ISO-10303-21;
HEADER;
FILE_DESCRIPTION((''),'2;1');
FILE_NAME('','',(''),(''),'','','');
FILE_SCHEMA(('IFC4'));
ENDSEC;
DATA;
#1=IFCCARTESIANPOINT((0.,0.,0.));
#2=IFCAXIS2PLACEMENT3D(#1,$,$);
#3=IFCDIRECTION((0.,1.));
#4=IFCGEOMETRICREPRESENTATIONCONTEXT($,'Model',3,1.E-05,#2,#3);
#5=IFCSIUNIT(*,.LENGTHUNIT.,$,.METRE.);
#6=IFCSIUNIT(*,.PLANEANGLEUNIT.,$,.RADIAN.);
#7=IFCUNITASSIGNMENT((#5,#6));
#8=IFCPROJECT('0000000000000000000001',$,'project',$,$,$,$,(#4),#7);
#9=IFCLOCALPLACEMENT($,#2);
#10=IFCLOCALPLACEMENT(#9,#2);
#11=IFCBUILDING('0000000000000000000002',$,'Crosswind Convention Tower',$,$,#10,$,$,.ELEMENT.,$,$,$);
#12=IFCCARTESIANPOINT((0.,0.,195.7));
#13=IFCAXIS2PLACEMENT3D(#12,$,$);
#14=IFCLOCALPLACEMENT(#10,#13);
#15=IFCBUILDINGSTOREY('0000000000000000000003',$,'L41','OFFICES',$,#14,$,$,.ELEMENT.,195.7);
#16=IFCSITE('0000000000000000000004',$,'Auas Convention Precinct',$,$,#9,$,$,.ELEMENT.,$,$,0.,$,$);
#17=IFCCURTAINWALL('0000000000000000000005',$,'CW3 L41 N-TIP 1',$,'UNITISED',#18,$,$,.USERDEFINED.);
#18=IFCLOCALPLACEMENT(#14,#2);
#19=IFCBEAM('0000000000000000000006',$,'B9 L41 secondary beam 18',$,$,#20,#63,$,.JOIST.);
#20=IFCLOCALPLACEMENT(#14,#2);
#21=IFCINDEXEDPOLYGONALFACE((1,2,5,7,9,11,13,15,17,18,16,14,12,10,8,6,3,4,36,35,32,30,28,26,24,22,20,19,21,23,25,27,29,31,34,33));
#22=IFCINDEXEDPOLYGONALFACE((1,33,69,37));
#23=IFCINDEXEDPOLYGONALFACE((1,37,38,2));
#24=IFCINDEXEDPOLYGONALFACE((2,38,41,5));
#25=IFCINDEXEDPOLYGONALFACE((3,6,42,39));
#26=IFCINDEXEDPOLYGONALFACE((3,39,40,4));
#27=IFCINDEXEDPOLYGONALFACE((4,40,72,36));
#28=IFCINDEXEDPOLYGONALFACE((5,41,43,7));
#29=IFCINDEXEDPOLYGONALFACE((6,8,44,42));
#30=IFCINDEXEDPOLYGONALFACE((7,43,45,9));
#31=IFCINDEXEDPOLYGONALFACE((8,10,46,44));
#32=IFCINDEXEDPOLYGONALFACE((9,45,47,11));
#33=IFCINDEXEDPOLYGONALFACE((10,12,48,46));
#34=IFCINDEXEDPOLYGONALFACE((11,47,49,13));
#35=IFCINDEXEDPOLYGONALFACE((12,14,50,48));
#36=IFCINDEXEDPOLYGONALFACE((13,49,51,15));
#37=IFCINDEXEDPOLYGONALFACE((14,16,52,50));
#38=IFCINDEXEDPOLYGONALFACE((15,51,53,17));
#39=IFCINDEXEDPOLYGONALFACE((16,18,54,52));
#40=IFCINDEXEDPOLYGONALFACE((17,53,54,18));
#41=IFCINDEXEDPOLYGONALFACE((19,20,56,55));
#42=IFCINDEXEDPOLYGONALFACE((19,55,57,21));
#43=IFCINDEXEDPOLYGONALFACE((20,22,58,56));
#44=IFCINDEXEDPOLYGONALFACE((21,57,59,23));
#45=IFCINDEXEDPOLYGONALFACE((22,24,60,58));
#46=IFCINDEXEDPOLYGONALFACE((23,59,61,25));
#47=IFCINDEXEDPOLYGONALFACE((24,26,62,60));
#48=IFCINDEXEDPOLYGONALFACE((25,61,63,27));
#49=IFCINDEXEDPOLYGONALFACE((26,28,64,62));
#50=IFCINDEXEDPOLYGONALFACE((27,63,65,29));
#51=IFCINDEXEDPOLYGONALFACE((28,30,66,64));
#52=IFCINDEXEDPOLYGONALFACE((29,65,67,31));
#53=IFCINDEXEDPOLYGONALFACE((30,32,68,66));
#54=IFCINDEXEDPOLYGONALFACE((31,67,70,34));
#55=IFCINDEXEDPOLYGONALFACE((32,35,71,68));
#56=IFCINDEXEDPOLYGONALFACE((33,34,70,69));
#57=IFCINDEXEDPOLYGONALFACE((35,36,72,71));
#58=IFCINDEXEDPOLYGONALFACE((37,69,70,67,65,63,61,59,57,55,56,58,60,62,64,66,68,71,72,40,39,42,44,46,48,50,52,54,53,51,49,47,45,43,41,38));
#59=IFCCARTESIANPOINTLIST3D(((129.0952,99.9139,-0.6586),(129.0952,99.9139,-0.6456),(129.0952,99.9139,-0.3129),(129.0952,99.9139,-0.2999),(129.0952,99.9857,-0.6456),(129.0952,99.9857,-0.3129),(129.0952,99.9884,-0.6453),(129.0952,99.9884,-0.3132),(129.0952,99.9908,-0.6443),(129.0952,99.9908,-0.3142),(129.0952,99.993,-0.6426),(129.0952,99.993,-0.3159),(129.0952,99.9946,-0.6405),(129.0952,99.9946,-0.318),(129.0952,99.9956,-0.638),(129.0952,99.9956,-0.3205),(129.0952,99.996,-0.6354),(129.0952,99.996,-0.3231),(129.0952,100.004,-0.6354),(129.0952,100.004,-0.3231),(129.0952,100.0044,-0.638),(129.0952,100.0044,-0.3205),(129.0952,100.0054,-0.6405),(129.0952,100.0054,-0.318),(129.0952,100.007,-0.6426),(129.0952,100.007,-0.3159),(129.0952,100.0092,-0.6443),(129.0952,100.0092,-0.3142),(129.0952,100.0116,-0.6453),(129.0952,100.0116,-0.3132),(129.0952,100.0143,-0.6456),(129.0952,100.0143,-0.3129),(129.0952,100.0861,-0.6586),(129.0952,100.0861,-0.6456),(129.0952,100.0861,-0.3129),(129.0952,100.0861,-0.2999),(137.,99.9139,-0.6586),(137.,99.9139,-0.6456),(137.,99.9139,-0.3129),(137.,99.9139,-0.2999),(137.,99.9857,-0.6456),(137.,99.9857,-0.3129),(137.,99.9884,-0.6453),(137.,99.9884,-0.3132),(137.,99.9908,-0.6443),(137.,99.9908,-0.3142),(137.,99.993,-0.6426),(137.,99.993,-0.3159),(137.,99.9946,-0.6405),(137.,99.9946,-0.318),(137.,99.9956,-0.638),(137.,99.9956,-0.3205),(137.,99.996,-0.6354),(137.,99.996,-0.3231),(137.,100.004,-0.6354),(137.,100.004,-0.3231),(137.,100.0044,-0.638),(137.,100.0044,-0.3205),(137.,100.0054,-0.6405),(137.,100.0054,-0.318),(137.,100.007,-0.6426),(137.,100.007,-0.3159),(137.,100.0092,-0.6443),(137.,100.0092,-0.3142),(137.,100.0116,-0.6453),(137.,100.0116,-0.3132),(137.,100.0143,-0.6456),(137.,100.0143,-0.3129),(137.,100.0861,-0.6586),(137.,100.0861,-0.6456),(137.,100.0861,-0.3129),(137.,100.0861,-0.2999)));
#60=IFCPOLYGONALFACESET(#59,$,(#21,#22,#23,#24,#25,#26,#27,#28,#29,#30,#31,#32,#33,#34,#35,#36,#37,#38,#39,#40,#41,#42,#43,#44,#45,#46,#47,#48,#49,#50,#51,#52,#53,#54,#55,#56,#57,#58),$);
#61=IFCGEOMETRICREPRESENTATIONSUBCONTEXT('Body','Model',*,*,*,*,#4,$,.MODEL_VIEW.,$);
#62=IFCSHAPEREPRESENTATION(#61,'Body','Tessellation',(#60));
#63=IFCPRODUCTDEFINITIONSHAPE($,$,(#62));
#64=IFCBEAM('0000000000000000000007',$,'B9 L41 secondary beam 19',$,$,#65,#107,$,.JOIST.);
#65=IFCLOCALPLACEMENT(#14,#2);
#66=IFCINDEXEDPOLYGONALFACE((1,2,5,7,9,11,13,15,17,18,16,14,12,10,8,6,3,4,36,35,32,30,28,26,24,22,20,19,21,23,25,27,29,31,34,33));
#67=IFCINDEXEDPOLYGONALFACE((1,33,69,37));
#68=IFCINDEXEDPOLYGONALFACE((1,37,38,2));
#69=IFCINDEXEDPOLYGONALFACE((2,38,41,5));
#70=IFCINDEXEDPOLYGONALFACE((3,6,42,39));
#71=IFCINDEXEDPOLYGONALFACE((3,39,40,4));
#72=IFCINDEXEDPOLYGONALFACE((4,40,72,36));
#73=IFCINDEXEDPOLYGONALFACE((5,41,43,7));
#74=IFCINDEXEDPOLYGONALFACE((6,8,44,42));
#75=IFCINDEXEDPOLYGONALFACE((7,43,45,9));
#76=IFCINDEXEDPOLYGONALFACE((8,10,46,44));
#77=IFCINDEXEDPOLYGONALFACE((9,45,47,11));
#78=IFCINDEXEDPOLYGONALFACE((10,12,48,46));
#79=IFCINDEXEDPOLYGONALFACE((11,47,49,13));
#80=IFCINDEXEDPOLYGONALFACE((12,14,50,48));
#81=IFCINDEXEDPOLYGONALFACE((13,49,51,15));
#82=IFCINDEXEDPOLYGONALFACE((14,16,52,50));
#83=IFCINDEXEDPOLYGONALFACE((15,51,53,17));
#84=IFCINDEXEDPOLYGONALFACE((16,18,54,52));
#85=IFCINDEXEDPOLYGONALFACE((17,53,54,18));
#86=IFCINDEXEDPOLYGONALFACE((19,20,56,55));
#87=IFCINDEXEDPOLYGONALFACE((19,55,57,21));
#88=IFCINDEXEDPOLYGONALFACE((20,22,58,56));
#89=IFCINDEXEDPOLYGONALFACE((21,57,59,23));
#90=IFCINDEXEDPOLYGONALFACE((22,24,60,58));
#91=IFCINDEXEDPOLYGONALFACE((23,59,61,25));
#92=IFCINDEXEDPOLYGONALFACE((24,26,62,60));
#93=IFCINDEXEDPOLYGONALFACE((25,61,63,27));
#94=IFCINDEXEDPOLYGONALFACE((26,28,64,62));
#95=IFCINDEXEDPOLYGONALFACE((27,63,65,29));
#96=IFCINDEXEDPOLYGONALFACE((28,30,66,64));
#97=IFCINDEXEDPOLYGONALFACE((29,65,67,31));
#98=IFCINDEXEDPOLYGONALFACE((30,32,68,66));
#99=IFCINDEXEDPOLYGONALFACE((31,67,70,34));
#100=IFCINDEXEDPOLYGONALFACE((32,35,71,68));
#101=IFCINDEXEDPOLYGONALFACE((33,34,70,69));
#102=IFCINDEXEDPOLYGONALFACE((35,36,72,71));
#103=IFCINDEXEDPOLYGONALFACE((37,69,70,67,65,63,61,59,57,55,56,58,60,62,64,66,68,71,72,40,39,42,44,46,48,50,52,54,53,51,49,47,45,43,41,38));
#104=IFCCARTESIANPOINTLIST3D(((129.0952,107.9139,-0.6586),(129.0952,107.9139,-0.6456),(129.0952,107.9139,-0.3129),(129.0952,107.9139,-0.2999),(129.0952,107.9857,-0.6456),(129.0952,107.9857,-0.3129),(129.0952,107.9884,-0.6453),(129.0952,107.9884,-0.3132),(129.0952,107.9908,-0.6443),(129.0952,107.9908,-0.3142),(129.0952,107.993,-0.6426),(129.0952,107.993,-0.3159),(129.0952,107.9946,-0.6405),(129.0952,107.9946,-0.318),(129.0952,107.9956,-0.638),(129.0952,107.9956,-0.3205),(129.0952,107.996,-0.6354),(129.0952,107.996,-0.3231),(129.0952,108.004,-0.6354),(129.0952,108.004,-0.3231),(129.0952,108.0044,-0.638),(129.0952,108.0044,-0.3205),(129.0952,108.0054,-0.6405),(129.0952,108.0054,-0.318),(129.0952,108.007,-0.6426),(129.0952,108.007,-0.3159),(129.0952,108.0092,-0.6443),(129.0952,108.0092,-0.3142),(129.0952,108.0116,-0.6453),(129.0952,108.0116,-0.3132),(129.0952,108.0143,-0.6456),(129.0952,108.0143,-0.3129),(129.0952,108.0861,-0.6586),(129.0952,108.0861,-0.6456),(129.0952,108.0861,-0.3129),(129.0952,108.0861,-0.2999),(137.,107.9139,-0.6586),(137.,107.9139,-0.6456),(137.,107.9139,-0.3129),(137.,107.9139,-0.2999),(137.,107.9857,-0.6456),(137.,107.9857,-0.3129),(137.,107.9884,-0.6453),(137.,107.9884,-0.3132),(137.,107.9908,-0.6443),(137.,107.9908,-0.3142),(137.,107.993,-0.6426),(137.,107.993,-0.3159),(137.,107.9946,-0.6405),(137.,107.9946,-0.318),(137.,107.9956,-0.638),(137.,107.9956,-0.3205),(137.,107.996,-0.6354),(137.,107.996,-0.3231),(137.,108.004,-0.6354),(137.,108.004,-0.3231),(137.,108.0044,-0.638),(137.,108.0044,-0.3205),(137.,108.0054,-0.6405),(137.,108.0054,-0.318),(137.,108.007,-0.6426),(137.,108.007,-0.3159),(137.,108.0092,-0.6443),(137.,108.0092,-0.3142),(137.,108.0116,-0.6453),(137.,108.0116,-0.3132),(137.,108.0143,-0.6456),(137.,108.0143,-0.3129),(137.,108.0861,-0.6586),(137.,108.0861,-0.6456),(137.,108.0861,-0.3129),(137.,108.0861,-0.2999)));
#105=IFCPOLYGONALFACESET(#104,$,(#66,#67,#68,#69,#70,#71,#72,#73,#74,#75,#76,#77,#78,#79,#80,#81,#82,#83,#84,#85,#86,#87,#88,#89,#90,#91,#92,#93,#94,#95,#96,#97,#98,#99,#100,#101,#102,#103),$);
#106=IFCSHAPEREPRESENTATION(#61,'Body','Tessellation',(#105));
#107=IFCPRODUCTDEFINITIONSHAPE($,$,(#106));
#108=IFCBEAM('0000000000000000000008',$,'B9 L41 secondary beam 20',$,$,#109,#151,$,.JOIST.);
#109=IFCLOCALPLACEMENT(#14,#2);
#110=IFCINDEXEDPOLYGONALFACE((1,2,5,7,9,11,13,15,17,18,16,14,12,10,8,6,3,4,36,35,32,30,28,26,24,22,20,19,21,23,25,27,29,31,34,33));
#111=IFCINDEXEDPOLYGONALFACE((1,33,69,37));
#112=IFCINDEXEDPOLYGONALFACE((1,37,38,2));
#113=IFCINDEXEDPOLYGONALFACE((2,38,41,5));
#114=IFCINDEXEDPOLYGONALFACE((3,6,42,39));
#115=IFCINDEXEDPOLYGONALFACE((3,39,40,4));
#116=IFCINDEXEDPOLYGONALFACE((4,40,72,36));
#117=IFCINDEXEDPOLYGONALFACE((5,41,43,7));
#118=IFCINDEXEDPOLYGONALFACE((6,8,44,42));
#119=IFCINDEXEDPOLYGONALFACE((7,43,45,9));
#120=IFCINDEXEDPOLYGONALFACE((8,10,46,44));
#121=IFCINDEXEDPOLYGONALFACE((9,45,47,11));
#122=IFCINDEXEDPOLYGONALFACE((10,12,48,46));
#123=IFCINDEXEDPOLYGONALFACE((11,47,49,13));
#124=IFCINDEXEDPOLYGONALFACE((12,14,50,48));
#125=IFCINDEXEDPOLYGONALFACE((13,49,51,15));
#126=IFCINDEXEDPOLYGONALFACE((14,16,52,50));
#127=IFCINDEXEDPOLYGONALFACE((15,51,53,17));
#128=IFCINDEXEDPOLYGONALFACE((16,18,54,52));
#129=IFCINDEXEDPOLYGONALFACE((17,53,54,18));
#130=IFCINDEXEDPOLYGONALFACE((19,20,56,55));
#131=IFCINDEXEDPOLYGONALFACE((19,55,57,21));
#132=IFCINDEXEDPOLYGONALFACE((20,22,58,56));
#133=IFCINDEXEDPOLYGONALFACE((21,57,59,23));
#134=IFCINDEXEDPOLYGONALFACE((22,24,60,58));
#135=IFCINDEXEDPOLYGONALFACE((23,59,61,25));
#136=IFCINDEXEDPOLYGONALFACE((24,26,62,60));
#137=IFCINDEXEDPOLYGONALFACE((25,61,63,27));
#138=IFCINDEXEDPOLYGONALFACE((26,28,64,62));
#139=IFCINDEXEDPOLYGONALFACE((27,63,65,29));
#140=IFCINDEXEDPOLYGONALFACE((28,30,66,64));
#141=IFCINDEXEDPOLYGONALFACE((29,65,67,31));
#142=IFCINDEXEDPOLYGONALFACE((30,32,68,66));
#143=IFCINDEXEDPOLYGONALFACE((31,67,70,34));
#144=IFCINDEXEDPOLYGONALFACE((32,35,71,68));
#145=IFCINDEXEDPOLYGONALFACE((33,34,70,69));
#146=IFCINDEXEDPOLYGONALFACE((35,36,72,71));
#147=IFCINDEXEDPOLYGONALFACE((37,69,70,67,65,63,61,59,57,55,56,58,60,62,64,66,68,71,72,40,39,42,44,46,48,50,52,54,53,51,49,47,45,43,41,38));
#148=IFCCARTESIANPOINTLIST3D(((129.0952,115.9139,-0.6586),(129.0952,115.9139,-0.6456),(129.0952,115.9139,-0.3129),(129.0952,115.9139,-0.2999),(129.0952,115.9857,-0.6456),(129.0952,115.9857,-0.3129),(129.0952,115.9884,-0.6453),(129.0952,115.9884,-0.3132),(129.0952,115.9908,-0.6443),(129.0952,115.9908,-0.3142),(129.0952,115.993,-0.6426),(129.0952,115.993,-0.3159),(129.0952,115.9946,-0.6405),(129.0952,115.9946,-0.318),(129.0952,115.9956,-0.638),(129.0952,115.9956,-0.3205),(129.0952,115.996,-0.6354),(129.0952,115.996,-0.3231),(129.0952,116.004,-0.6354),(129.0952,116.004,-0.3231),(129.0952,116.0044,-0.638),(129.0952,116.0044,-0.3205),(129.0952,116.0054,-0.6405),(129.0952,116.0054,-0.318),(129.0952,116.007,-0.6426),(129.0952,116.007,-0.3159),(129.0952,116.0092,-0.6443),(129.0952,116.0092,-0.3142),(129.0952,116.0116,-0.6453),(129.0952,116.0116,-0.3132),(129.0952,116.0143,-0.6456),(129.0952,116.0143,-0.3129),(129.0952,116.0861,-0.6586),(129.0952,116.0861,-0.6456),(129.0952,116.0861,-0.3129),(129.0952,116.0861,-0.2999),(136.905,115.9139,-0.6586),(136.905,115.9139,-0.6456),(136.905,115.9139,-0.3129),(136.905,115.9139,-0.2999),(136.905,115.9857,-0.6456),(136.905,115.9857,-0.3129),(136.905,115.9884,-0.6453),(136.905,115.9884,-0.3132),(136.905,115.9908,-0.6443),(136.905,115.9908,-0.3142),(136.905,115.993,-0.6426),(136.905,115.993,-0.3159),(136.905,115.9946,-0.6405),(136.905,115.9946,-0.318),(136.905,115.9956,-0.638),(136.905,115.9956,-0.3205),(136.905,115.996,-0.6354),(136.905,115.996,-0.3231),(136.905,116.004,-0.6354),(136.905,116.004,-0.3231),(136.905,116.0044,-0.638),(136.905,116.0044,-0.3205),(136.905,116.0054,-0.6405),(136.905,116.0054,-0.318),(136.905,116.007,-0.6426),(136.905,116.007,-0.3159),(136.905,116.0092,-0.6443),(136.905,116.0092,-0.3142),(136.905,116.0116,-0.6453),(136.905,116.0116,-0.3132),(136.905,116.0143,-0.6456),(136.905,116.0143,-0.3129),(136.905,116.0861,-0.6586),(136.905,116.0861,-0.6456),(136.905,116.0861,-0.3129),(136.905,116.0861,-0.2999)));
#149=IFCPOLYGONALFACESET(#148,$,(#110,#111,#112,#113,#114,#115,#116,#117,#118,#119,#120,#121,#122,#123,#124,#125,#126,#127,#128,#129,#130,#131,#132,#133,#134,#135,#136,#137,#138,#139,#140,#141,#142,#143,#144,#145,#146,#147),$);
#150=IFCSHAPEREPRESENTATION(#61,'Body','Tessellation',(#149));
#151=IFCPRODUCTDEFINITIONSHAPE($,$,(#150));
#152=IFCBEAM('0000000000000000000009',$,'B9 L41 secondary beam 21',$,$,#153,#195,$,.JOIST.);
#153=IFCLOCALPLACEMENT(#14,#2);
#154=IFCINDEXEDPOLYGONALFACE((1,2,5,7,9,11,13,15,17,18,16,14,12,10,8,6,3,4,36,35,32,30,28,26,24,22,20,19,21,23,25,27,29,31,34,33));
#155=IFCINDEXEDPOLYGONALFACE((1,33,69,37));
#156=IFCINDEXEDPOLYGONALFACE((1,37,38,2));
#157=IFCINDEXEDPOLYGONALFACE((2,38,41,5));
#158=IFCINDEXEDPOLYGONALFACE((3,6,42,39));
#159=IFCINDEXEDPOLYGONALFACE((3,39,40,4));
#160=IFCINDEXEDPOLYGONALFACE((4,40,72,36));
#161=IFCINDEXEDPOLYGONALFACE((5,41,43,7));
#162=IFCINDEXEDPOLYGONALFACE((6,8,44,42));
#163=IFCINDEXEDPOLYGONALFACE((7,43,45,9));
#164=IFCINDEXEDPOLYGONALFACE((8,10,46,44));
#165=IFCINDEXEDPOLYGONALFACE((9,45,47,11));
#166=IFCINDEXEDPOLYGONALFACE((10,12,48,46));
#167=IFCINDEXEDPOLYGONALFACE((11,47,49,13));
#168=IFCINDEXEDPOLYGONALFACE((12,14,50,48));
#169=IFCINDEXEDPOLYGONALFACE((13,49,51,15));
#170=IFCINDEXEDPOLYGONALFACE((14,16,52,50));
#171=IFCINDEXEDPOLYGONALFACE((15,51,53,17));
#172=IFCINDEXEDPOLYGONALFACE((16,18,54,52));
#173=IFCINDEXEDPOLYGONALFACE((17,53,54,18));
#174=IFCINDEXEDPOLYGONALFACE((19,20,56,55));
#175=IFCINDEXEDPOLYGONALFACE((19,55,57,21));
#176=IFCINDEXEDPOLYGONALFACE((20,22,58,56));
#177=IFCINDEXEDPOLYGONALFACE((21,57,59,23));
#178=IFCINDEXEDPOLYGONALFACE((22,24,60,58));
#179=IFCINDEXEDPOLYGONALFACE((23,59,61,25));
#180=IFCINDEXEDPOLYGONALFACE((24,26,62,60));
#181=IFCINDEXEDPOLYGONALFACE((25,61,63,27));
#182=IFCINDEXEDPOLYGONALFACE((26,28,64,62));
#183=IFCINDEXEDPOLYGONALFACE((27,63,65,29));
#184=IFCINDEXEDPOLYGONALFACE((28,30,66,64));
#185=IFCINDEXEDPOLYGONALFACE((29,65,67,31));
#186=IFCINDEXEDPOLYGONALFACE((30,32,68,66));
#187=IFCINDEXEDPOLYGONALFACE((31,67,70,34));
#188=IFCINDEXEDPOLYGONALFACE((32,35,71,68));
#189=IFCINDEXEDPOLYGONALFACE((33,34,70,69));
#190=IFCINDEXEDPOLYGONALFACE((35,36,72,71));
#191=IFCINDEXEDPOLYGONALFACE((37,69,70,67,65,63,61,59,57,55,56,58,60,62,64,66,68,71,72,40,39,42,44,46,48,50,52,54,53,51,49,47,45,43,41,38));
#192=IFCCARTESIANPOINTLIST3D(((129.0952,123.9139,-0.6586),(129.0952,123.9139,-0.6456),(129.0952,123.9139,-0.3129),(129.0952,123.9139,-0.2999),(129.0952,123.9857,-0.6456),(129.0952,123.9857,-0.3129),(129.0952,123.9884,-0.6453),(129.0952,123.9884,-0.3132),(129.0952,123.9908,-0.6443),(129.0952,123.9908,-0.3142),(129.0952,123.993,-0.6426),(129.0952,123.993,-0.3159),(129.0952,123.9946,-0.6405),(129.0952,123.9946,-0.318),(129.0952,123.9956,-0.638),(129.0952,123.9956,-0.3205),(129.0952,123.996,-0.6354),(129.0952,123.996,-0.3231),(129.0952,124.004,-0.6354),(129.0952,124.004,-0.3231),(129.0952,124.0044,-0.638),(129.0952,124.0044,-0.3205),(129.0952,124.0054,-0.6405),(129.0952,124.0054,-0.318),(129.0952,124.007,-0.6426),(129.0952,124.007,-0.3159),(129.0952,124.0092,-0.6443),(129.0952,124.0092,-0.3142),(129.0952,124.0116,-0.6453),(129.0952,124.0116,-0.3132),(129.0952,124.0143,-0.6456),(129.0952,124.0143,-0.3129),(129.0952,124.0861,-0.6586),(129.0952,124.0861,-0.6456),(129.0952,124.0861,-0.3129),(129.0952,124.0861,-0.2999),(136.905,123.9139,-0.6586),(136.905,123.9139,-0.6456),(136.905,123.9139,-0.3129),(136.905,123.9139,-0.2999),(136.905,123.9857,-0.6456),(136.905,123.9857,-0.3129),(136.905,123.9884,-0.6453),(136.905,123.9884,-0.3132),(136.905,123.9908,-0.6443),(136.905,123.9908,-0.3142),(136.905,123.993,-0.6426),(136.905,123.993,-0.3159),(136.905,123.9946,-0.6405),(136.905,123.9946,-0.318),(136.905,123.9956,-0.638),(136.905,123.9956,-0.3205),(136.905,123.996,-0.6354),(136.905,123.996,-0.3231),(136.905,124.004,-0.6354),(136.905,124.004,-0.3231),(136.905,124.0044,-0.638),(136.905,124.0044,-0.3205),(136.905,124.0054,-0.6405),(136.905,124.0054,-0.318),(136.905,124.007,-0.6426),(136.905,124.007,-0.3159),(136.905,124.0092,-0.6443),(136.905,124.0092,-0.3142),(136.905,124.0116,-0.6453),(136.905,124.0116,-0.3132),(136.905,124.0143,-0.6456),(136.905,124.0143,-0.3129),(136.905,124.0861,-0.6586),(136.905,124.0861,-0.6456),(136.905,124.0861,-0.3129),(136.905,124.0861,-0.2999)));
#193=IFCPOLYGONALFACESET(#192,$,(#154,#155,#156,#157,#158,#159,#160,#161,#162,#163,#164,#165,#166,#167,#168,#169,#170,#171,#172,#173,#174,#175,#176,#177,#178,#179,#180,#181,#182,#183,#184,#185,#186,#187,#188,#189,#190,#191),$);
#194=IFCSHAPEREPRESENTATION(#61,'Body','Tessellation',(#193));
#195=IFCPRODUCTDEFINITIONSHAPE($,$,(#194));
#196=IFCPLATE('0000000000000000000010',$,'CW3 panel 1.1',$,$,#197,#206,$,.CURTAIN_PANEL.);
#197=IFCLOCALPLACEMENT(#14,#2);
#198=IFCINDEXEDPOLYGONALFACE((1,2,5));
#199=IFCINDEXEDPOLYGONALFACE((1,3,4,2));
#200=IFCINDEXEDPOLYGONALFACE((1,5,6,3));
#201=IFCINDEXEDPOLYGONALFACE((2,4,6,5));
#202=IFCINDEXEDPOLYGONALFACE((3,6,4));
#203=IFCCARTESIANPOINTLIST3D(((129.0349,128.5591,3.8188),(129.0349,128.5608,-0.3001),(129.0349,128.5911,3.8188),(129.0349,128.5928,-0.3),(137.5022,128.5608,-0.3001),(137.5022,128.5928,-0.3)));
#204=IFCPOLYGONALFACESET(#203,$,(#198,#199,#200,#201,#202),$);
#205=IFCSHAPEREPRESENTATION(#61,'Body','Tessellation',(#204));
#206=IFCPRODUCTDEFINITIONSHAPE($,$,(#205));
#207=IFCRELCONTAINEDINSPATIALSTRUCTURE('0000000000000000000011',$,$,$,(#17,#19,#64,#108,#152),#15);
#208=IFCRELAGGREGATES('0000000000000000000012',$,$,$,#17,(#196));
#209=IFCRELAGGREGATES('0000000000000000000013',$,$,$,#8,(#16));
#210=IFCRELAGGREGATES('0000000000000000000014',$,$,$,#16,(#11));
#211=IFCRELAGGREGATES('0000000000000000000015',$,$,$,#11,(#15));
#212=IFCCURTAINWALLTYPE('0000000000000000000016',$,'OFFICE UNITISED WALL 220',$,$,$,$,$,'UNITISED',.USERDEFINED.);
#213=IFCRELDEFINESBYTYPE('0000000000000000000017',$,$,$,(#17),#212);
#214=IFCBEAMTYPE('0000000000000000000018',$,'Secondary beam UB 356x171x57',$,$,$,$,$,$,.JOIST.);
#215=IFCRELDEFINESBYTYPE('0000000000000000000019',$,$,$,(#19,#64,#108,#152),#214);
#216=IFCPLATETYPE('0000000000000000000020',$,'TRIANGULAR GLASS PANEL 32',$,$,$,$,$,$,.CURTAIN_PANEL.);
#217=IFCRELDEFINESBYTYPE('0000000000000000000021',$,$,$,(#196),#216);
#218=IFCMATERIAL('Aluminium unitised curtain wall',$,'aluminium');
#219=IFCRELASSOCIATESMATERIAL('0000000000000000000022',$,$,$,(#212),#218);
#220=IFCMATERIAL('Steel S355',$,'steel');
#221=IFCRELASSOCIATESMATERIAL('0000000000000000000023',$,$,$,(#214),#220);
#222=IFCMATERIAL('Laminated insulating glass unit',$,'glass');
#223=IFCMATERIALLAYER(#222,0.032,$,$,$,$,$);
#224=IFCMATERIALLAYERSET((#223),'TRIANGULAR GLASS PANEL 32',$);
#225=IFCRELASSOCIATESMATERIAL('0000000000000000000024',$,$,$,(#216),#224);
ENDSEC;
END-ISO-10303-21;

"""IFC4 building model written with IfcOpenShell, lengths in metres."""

from ifc_helpers import new_model, si_unit, direction, frame, origin, origin_2d, place, context, subcontext, project, spatial, polyline, i_section, outline, extrude, material, layer, layer_set, material_profile, profile_set, type_object, element, aggregate, save


model = new_model("IFC4")

# Units and contexts
model_context = context("Model", 3, precision=1e-05, world=origin(), true_north=direction((0.0, 1.0)))
body_context = subcontext(model_context, "Body", "Model", "MODEL_VIEW")
ifc_project = project(units=[si_unit("LENGTHUNIT", "METRE"), si_unit("PLANEANGLEUNIT", "RADIAN")], contexts=[model_context])

# Site, building, storey
site_placement = place(None, origin())
site = spatial("IfcSite", under=ifc_project, at=site_placement, Name="Auas Convention Precinct", CompositionType="ELEMENT", RefElevation=0.0)
building_placement = place(site_placement, origin())
building = spatial("IfcBuilding", under=site, at=building_placement, Name="Crosswind Convention Tower", CompositionType="ELEMENT")
storey_placement = place(building_placement, frame((0.0, 0.0, 195.7)))
storey = spatial("IfcBuildingStorey", under=building, at=storey_placement, Name="L41", Description="OFFICES", CompositionType="ELEMENT", Elevation=195.7)

# Shared definitions
ifc_material_1 = material(Name="Steel S355", Category="steel")

# Curtain wall
ifc_material_2 = material(Name="Aluminium unitised curtain wall", Category="aluminium")
curtain_wall_type = type_object("IfcCurtainWallType", Name="OFFICE UNITISED WALL 220", ElementType="UNITISED", PredefinedType="USERDEFINED", material=ifc_material_2)
curtain_wall_placement = place(storey_placement, origin())
curtain_wall = element("IfcCurtainWall", 1, at=curtain_wall_placement, inside=storey, type_object=curtain_wall_type, Name="CW3 L41 N-TIP 1", ObjectType="UNITISED", PredefinedType="USERDEFINED")

# Beams
ifc_material_profile_1 = material_profile(ifc_material_1, i_section(OverallWidth=0.1721, OverallDepth=0.3586, WebThickness=0.0081, FlangeThickness=0.0129, FilletRadius=0.0103, at=origin_2d()), Name="UB 356x171x57")
ifc_profile_set_1 = profile_set([ifc_material_profile_1], Name="Steel S355")
beam_type_1 = type_object("IfcBeamType", Name="Secondary beam UB 356x171x57", PredefinedType="JOIST", material=ifc_profile_set_1)
for number, where, z_axis, x_axis, name in (
    (2, (129.0952, 100.0, -0.4792), (1.0, 0.0, 0.0), (0.0, 1.0, 0.0), "B9 L41 secondary beam 18"),
    (3, (129.0952, 108.0, -0.4792), (1.0, 0.0, 0.0), (0.0, 1.0, 0.0), "B9 L41 secondary beam 19"),
):
    element("IfcBeam", number, at=place(storey_placement, frame(where, z_axis=z_axis, x_axis=x_axis)), inside=storey, type_object=beam_type_1, Name=name, PredefinedType="JOIST", context=body_context, shape_type="SweptSolid", body=[
        extrude(i_section(OverallWidth=0.1721, OverallDepth=0.3586, WebThickness=0.0081, FlangeThickness=0.0129, FilletRadius=0.0103, at=origin_2d()), origin(), (0.0, 0.0, 1.0), 7.9048),
    ])
for number, where, z_axis, x_axis, name in (
    (4, (129.0952, 116.0, -0.4792), (1.0, 0.0, 0.0), (0.0, 1.0, 0.0), "B9 L41 secondary beam 20"),
    (5, (129.0952, 124.0, -0.4792), (1.0, 0.0, 0.0), (0.0, 1.0, 0.0), "B9 L41 secondary beam 21"),
):
    element("IfcBeam", number, at=place(storey_placement, frame(where, z_axis=z_axis, x_axis=x_axis)), inside=storey, type_object=beam_type_1, Name=name, PredefinedType="JOIST", context=body_context, shape_type="SweptSolid", body=[
        extrude(i_section(OverallWidth=0.1721, OverallDepth=0.3586, WebThickness=0.0081, FlangeThickness=0.0129, FilletRadius=0.0103, at=origin_2d()), origin(), (0.0, 0.0, 1.0), 7.8098),
    ])

# Plate
ifc_material_3 = material(Name="Laminated insulating glass unit", Category="glass")
ifc_layer_1 = layer(ifc_material_3, 0.032)
ifc_layer_set_1 = layer_set([ifc_layer_1], Name="TRIANGULAR GLASS PANEL 32")
plate_type = type_object("IfcPlateType", Name="TRIANGULAR GLASS PANEL 32", PredefinedType="CURTAIN_PANEL", material=ifc_layer_set_1)
plate_1_placement = place(storey_placement, frame((129.0349, 128.5928, -0.3), z_axis=(0.0, 1.0, 0.000415), x_axis=(0.0, -0.000415, 1.0)))
plate_1 = element("IfcPlate", 6, at=plate_1_placement, type_object=plate_type, Name="CW3 panel 1.1", PredefinedType="CURTAIN_PANEL", context=body_context, shape_type="SweptSolid", body=[
    extrude(outline(polyline([(0.0, 0.0), (4.1189, 0.0), (0.0, 8.4673), (0.0, 0.0)])), origin(), (0.0, 0.0, -1.0), 0.032),
])
aggregate(curtain_wall, [plate_1])

save(model, "model.ifc")
